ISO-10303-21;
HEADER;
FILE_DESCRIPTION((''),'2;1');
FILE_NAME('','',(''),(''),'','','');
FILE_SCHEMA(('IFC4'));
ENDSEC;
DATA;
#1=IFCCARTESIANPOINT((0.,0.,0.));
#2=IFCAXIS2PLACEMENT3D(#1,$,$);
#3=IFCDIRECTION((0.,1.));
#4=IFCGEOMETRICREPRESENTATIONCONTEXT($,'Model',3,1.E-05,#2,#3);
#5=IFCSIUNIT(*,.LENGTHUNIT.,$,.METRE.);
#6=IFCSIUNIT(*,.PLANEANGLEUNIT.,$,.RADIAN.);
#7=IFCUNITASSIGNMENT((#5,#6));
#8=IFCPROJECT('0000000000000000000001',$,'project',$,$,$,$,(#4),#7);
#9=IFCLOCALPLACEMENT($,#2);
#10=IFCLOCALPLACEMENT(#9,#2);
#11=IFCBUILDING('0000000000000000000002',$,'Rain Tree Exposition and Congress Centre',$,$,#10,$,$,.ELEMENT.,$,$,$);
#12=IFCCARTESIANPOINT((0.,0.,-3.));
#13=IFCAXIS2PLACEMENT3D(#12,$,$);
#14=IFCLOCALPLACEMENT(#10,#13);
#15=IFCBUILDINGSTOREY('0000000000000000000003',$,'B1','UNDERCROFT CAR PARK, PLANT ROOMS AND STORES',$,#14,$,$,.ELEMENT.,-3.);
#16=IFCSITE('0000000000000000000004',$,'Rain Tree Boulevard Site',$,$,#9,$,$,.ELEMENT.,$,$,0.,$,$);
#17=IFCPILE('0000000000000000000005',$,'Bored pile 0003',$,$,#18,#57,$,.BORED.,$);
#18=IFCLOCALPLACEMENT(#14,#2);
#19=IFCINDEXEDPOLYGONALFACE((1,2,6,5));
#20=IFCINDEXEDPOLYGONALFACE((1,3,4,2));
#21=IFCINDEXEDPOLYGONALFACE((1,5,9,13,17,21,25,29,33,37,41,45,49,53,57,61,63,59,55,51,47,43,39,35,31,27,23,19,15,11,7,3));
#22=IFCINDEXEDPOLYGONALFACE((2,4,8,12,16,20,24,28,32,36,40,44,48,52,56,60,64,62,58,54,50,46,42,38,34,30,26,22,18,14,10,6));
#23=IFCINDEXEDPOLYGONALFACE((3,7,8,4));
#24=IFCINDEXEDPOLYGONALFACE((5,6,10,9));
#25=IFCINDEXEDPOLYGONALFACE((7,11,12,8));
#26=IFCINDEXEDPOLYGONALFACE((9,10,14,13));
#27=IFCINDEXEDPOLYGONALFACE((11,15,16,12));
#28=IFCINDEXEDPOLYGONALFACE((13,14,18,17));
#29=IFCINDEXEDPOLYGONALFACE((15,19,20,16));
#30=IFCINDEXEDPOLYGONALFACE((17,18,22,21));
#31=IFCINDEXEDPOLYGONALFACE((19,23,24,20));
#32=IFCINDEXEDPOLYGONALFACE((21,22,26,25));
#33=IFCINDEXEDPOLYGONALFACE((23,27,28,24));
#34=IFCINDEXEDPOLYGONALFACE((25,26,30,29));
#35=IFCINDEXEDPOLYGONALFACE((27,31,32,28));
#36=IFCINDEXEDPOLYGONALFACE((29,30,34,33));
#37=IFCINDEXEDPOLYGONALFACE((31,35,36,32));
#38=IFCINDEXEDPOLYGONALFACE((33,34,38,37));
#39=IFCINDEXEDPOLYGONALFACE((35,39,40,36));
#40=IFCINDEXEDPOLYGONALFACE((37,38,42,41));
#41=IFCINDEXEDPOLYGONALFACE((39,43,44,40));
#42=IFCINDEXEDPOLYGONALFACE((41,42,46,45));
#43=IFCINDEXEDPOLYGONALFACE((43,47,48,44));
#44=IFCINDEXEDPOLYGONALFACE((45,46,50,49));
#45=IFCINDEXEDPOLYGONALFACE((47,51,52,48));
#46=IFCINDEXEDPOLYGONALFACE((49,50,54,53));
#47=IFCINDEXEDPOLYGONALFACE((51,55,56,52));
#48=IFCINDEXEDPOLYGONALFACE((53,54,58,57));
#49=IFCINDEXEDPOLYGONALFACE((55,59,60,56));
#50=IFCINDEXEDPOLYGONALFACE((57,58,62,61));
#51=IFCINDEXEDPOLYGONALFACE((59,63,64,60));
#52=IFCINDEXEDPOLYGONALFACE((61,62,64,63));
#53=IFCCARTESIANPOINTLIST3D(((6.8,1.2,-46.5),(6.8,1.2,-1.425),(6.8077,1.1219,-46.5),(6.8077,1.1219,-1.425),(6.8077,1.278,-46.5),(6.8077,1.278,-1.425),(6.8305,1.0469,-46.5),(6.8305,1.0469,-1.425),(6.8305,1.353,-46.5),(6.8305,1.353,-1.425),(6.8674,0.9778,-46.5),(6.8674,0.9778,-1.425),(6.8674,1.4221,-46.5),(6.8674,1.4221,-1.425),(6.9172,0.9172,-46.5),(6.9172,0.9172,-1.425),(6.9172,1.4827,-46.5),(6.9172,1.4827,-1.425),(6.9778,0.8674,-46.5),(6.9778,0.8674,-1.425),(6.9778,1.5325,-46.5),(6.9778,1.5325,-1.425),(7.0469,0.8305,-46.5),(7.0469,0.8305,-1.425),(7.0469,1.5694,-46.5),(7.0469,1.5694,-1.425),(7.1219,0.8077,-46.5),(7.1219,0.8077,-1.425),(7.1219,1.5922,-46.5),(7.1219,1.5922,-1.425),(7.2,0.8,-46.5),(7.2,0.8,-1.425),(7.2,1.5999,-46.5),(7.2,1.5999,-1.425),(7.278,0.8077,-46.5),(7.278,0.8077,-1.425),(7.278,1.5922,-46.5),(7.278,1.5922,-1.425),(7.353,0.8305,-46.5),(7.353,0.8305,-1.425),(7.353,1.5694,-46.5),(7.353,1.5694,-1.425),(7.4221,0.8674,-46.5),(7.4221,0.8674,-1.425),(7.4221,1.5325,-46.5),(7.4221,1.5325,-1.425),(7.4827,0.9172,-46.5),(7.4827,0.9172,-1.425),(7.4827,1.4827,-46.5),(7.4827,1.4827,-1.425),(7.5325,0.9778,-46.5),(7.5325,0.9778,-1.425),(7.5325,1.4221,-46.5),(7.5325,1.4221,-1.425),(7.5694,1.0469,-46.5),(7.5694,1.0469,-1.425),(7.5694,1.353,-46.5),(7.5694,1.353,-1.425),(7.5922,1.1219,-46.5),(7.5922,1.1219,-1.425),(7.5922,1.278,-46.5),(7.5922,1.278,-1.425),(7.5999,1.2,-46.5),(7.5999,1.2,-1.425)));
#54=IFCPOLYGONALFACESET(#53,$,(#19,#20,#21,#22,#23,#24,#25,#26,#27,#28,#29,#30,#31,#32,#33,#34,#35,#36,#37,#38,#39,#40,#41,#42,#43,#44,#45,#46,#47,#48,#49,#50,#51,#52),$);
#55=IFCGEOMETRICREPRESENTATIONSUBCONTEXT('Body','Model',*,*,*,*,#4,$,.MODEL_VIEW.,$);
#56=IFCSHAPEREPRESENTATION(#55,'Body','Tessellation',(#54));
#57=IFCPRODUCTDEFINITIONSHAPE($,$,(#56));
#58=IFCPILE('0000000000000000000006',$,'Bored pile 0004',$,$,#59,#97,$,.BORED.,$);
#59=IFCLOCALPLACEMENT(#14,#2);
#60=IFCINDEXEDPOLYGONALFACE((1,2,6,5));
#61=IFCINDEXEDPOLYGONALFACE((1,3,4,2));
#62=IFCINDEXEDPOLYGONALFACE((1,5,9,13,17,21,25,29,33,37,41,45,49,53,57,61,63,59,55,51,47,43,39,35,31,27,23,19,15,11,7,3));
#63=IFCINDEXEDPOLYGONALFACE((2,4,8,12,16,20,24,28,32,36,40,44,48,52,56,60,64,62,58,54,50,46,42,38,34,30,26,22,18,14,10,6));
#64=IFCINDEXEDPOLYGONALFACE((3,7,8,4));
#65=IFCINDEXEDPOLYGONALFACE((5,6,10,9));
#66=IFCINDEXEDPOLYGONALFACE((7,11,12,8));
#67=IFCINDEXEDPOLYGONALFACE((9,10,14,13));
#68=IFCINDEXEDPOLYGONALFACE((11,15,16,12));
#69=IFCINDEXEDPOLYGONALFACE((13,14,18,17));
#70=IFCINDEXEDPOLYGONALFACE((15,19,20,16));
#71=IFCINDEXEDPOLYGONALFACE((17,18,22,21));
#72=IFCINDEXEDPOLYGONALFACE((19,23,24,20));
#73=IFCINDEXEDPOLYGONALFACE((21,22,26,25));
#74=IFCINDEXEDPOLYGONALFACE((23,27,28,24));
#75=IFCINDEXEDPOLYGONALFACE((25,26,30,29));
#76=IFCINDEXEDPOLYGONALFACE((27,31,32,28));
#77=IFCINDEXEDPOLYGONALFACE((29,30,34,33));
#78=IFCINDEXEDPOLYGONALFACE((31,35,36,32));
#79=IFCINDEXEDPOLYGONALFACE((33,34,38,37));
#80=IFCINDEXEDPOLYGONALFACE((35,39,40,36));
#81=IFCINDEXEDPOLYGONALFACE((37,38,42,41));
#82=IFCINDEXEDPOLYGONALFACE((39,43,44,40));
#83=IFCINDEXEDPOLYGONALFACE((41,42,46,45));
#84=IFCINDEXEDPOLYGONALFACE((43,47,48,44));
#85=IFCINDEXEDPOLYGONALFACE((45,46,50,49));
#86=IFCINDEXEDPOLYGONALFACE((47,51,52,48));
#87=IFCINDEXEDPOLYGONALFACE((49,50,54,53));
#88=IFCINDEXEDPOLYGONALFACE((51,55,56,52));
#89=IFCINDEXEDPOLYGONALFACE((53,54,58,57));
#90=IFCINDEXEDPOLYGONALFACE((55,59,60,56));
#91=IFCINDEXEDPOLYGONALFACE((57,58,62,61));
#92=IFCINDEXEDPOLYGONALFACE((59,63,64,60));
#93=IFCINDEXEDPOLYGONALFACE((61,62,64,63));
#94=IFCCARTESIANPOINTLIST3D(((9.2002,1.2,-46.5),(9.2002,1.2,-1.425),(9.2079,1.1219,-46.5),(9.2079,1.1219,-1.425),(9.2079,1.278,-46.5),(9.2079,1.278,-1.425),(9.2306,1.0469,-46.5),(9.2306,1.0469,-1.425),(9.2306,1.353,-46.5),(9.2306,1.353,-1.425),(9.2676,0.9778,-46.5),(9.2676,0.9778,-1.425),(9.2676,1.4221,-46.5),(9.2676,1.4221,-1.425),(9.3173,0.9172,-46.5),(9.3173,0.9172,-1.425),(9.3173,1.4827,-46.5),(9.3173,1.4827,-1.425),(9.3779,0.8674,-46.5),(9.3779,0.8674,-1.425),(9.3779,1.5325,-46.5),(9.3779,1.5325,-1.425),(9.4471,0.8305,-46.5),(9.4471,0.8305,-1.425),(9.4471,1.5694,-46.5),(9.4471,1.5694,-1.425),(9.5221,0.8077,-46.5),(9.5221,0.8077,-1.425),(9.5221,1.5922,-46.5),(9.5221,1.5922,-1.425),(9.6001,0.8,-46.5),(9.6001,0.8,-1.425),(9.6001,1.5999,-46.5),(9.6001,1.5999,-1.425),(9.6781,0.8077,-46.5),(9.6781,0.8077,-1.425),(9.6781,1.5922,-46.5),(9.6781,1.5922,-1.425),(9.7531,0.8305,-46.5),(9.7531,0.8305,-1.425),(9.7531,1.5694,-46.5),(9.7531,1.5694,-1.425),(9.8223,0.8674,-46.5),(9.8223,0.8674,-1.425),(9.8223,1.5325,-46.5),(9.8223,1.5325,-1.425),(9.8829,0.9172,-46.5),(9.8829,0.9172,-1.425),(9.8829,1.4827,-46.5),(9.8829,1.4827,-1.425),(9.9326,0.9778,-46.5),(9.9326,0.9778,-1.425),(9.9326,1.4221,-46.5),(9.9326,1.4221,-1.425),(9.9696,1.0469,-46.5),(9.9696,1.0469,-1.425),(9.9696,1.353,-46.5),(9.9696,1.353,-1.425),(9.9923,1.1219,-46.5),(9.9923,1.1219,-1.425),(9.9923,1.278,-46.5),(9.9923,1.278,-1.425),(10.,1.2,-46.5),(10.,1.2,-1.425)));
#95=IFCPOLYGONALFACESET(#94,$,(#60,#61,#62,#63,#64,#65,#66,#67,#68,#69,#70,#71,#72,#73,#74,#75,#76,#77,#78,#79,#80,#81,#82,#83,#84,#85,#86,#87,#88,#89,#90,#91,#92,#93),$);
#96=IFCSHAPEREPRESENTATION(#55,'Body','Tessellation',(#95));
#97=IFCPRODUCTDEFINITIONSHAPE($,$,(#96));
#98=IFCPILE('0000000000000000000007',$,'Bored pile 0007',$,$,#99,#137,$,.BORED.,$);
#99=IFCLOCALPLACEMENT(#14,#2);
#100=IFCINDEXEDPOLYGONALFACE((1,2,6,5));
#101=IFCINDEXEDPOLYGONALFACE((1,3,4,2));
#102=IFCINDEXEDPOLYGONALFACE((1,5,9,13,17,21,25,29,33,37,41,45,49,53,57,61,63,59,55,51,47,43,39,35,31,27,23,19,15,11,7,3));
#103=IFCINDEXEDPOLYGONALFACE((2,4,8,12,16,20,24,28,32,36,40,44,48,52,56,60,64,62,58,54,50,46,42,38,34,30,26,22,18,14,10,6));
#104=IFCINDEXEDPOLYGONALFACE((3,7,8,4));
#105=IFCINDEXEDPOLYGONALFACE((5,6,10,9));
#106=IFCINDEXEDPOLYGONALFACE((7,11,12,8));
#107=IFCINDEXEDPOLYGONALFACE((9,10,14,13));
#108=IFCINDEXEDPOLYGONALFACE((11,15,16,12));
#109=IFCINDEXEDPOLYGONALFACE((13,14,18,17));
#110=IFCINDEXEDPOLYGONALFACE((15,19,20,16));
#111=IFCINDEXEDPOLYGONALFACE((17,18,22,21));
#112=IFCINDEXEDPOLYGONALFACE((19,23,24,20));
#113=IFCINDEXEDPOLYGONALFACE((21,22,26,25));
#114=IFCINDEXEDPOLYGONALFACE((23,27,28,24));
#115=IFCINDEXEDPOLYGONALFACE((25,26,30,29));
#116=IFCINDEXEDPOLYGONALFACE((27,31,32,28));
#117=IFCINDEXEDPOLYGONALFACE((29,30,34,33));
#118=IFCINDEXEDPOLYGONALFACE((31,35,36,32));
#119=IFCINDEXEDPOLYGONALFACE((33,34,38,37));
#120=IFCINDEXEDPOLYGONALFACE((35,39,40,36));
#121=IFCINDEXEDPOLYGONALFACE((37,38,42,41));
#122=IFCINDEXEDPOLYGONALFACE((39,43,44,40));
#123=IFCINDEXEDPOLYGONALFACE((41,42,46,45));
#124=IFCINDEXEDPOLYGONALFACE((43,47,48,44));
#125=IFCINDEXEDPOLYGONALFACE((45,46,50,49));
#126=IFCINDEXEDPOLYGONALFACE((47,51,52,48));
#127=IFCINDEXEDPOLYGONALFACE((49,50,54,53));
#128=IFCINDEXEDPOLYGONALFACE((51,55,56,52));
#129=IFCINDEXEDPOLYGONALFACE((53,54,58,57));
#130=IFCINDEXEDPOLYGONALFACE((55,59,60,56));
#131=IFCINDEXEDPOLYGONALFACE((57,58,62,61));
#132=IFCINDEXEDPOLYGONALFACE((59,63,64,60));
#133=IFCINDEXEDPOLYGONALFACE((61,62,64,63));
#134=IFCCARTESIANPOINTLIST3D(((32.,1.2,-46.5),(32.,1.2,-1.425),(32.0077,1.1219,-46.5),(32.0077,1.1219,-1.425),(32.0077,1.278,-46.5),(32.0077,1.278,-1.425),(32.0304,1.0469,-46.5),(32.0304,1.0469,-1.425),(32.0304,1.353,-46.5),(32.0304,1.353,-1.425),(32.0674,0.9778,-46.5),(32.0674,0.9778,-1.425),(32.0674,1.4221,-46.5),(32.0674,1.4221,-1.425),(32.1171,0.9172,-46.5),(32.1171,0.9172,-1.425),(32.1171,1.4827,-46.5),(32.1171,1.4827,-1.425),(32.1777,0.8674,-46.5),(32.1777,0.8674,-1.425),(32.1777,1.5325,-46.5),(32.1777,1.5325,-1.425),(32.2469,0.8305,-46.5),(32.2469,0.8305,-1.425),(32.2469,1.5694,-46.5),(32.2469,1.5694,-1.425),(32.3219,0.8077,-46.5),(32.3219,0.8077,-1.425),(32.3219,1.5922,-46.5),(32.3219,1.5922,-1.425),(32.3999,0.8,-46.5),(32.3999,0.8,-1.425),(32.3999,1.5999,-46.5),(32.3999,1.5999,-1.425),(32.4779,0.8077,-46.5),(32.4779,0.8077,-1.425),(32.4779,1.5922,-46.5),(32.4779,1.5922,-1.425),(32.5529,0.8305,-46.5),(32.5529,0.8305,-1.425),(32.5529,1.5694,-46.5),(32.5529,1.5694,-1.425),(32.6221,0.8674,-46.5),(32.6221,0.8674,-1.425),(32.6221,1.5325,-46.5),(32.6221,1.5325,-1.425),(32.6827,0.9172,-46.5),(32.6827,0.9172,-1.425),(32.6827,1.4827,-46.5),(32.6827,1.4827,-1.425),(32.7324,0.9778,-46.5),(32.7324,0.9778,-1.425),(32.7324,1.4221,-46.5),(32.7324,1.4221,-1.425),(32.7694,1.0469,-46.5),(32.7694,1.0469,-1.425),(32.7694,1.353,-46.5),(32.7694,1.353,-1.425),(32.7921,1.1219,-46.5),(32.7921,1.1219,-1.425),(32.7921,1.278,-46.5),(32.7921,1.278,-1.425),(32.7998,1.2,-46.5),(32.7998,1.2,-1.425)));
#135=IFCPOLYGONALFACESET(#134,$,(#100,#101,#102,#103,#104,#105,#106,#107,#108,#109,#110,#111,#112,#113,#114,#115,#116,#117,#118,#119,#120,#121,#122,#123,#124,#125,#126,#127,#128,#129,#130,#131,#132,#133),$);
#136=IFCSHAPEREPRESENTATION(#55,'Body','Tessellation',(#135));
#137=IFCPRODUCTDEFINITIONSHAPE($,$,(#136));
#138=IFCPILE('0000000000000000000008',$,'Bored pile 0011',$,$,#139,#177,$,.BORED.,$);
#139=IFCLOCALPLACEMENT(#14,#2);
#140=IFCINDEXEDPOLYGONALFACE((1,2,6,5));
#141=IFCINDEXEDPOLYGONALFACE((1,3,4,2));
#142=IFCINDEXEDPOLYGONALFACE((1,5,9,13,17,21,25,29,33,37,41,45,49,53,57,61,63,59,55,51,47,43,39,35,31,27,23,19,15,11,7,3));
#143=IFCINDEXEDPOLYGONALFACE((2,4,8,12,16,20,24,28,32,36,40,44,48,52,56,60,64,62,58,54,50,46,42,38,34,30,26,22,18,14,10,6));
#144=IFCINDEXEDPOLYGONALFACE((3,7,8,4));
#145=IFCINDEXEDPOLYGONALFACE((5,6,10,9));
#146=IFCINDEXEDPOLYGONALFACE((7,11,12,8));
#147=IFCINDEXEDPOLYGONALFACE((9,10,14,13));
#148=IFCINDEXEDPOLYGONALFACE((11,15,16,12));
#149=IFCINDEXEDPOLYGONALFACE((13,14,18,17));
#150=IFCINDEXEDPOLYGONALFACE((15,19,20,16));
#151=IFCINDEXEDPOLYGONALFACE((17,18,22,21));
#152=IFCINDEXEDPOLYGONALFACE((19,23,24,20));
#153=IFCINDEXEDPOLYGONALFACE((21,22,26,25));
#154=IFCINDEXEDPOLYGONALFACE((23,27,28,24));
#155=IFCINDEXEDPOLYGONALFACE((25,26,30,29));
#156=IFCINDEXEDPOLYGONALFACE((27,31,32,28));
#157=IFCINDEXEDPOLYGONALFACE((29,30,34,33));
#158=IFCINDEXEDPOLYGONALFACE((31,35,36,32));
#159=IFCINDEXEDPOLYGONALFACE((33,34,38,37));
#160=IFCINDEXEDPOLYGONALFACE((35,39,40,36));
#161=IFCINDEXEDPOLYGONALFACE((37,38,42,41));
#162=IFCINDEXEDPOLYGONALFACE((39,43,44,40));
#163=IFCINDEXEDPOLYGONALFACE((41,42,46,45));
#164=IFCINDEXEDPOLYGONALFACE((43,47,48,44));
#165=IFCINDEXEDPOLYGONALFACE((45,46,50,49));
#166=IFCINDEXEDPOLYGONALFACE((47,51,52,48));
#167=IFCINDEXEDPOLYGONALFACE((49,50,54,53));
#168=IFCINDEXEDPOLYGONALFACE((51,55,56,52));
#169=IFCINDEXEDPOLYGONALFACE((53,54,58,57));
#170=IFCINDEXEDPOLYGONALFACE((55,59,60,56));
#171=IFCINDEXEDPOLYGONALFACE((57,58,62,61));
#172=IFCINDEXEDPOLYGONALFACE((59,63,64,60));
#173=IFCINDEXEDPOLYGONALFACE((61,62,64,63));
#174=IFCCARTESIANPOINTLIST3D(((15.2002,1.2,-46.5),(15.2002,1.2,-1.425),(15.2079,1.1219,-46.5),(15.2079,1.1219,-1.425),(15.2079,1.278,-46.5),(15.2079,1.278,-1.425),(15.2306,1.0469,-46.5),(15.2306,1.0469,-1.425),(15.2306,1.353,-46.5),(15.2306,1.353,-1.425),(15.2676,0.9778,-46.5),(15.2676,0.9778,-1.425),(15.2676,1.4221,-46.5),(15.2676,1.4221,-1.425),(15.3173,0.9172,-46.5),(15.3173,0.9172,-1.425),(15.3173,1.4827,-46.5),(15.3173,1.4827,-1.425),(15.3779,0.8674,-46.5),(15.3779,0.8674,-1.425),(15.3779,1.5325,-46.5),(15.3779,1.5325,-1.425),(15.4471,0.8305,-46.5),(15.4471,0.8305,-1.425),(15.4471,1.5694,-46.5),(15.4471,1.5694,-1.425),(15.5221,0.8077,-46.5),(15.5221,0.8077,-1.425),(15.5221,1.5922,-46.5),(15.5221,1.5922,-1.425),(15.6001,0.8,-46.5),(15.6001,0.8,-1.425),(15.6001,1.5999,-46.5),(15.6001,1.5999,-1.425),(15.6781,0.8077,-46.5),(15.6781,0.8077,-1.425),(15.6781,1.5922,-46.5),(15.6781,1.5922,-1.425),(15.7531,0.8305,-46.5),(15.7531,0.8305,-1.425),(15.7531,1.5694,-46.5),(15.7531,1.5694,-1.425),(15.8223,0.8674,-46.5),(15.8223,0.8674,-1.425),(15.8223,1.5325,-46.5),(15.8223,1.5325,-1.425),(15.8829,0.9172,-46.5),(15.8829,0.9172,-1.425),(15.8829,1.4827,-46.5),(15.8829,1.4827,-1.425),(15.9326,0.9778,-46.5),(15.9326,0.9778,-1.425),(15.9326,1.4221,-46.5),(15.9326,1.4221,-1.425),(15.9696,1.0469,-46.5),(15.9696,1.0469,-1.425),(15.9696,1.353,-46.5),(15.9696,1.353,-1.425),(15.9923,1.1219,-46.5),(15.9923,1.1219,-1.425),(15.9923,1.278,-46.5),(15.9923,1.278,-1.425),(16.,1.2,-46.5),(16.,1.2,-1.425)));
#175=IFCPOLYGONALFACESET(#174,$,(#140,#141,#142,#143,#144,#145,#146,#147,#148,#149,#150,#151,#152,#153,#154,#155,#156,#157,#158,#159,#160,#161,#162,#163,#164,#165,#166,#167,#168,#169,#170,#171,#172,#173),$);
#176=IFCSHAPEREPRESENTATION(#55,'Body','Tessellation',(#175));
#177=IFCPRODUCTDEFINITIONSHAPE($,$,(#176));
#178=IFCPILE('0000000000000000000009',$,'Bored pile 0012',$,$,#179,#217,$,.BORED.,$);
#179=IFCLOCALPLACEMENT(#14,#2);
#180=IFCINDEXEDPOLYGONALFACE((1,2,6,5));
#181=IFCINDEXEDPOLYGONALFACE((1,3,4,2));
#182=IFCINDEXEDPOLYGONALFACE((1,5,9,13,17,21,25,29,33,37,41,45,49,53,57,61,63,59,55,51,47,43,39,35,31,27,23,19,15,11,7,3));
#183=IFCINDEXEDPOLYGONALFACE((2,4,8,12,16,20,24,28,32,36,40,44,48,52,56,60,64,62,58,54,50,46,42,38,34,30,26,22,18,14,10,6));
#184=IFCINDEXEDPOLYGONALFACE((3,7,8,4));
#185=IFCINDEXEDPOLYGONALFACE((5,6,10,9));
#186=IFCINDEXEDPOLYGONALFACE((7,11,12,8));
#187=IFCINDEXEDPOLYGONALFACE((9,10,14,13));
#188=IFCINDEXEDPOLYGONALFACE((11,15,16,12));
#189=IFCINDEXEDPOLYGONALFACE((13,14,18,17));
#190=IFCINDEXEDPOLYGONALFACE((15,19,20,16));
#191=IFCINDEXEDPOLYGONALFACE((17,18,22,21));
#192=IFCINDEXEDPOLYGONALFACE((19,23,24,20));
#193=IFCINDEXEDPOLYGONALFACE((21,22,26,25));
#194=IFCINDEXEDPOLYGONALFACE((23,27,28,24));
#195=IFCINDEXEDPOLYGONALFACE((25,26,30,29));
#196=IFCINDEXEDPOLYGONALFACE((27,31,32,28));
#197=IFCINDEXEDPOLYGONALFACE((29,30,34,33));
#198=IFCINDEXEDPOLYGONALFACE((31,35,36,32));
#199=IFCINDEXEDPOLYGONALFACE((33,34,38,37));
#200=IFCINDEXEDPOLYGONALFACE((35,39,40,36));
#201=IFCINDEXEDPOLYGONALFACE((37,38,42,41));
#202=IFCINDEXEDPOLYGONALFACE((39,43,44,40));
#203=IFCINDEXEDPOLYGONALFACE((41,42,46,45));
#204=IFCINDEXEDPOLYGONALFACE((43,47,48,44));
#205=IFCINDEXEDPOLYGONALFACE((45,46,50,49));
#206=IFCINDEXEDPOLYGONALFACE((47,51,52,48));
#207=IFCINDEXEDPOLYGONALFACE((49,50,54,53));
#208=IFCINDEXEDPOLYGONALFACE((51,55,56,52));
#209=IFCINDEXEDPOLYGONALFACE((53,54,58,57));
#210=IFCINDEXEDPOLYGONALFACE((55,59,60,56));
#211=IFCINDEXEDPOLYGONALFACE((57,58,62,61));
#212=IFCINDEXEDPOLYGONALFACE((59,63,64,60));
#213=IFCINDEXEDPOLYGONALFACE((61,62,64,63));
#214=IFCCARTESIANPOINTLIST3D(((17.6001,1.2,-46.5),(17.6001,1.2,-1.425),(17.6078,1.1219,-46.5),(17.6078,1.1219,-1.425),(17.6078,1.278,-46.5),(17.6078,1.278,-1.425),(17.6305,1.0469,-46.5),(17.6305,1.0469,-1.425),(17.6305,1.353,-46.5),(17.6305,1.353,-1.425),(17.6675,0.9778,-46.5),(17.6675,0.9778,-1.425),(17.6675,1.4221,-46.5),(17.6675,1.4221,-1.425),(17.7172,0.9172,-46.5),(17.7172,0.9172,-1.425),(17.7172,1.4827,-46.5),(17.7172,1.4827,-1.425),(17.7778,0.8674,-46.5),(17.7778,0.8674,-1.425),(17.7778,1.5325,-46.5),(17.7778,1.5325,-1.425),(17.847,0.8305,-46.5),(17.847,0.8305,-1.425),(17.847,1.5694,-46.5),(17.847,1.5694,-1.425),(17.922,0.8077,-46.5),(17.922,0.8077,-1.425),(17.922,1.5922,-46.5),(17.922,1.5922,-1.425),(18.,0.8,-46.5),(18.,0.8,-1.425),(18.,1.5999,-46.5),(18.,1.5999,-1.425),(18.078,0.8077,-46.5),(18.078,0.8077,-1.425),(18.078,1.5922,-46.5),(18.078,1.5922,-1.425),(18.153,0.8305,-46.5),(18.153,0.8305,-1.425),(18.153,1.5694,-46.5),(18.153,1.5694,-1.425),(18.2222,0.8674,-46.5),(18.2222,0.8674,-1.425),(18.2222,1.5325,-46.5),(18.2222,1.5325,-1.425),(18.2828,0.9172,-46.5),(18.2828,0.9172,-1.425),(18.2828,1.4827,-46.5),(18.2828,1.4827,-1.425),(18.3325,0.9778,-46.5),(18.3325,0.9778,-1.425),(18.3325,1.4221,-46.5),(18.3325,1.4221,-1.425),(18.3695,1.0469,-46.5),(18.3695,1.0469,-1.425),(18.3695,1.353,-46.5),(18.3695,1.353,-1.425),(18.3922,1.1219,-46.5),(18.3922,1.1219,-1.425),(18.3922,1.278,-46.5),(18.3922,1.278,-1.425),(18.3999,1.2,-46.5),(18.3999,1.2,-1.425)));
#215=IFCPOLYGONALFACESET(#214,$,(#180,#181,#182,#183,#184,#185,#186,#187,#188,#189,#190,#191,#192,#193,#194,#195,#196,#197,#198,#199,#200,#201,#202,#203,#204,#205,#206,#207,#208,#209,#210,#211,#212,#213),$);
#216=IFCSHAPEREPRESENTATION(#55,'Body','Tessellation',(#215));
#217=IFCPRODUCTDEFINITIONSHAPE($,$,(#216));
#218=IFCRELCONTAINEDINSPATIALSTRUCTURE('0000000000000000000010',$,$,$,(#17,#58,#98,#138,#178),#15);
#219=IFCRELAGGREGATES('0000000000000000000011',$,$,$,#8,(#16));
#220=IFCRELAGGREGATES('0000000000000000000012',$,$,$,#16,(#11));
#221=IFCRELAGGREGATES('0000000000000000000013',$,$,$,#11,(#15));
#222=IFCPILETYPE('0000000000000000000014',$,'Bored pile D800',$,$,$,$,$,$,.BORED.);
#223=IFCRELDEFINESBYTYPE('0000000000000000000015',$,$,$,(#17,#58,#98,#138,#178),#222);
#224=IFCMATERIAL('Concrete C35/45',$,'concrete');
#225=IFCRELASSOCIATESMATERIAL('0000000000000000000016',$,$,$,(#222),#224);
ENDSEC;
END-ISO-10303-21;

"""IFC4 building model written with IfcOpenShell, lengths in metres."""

from ifc_helpers import new_model, si_unit, direction, frame, origin, origin_2d, place, context, subcontext, project, spatial, circle, extrude, material, material_profile, profile_set, type_object, element, save


model = new_model("IFC4")

# Units and contexts
model_context = context("Model", 3, precision=1e-05, world=origin(), true_north=direction((0.0, 1.0)))
body_context = subcontext(model_context, "Body", "Model", "MODEL_VIEW")
ifc_project = project(units=[si_unit("LENGTHUNIT", "METRE"), si_unit("PLANEANGLEUNIT", "RADIAN")], contexts=[model_context])

# Site, building, storey
site_placement = place(None, origin())
site = spatial("IfcSite", under=ifc_project, at=site_placement, Name="Rain Tree Boulevard Site", CompositionType="ELEMENT", RefElevation=0.0)
building_placement = place(site_placement, origin())
building = spatial("IfcBuilding", under=site, at=building_placement, Name="Rain Tree Exposition and Congress Centre", CompositionType="ELEMENT")
storey_placement = place(building_placement, frame((0.0, 0.0, -3.0)))
storey = spatial("IfcBuildingStorey", under=building, at=storey_placement, Name="B1", Description="UNDERCROFT CAR PARK, PLANT ROOMS AND STORES", CompositionType="ELEMENT", Elevation=-3.0)

# Piles
ifc_material_1 = material(Name="Concrete C35/45", Category="concrete")
ifc_material_profile_1 = material_profile(ifc_material_1, circle(Radius=0.3999, at=origin_2d()), Name="D800")
ifc_profile_set_1 = profile_set([ifc_material_profile_1], Name="Concrete C35/45")
pile_type = type_object("IfcPileType", Name="Bored pile D800", PredefinedType="BORED", material=ifc_profile_set_1)
for number, where, z_axis, x_axis, name in (
    (1, (7.2, 1.2, -1.425), (0.0, 0.0, -1.0), (1.0, 0.0, 0.0), "Bored pile 0003"),
    (2, (9.6001, 1.2, -1.425), (0.0, 0.0, -1.0), (1.0, 0.0, 0.0), "Bored pile 0004"),
    (3, (32.3999, 1.2, -1.425), (0.0, 0.0, -1.0), (1.0, 0.0, 0.0), "Bored pile 0007"),
    (4, (15.6001, 1.2, -1.425), (0.0, 0.0, -1.0), (1.0, 0.0, 0.0), "Bored pile 0011"),
    (5, (18.0, 1.2, -1.425), (0.0, 0.0, -1.0), (1.0, 0.0, 0.0), "Bored pile 0012"),
):
    element("IfcPile", number, at=place(storey_placement, frame(where, z_axis=z_axis, x_axis=x_axis)), inside=storey, type_object=pile_type, Name=name, PredefinedType="BORED", context=body_context, shape_type="SweptSolid", body=[
        extrude(circle(Radius=0.3999, at=origin_2d()), origin(), (0.0, 0.0, 1.0), 45.075),
    ])

save(model, "model.ifc")
